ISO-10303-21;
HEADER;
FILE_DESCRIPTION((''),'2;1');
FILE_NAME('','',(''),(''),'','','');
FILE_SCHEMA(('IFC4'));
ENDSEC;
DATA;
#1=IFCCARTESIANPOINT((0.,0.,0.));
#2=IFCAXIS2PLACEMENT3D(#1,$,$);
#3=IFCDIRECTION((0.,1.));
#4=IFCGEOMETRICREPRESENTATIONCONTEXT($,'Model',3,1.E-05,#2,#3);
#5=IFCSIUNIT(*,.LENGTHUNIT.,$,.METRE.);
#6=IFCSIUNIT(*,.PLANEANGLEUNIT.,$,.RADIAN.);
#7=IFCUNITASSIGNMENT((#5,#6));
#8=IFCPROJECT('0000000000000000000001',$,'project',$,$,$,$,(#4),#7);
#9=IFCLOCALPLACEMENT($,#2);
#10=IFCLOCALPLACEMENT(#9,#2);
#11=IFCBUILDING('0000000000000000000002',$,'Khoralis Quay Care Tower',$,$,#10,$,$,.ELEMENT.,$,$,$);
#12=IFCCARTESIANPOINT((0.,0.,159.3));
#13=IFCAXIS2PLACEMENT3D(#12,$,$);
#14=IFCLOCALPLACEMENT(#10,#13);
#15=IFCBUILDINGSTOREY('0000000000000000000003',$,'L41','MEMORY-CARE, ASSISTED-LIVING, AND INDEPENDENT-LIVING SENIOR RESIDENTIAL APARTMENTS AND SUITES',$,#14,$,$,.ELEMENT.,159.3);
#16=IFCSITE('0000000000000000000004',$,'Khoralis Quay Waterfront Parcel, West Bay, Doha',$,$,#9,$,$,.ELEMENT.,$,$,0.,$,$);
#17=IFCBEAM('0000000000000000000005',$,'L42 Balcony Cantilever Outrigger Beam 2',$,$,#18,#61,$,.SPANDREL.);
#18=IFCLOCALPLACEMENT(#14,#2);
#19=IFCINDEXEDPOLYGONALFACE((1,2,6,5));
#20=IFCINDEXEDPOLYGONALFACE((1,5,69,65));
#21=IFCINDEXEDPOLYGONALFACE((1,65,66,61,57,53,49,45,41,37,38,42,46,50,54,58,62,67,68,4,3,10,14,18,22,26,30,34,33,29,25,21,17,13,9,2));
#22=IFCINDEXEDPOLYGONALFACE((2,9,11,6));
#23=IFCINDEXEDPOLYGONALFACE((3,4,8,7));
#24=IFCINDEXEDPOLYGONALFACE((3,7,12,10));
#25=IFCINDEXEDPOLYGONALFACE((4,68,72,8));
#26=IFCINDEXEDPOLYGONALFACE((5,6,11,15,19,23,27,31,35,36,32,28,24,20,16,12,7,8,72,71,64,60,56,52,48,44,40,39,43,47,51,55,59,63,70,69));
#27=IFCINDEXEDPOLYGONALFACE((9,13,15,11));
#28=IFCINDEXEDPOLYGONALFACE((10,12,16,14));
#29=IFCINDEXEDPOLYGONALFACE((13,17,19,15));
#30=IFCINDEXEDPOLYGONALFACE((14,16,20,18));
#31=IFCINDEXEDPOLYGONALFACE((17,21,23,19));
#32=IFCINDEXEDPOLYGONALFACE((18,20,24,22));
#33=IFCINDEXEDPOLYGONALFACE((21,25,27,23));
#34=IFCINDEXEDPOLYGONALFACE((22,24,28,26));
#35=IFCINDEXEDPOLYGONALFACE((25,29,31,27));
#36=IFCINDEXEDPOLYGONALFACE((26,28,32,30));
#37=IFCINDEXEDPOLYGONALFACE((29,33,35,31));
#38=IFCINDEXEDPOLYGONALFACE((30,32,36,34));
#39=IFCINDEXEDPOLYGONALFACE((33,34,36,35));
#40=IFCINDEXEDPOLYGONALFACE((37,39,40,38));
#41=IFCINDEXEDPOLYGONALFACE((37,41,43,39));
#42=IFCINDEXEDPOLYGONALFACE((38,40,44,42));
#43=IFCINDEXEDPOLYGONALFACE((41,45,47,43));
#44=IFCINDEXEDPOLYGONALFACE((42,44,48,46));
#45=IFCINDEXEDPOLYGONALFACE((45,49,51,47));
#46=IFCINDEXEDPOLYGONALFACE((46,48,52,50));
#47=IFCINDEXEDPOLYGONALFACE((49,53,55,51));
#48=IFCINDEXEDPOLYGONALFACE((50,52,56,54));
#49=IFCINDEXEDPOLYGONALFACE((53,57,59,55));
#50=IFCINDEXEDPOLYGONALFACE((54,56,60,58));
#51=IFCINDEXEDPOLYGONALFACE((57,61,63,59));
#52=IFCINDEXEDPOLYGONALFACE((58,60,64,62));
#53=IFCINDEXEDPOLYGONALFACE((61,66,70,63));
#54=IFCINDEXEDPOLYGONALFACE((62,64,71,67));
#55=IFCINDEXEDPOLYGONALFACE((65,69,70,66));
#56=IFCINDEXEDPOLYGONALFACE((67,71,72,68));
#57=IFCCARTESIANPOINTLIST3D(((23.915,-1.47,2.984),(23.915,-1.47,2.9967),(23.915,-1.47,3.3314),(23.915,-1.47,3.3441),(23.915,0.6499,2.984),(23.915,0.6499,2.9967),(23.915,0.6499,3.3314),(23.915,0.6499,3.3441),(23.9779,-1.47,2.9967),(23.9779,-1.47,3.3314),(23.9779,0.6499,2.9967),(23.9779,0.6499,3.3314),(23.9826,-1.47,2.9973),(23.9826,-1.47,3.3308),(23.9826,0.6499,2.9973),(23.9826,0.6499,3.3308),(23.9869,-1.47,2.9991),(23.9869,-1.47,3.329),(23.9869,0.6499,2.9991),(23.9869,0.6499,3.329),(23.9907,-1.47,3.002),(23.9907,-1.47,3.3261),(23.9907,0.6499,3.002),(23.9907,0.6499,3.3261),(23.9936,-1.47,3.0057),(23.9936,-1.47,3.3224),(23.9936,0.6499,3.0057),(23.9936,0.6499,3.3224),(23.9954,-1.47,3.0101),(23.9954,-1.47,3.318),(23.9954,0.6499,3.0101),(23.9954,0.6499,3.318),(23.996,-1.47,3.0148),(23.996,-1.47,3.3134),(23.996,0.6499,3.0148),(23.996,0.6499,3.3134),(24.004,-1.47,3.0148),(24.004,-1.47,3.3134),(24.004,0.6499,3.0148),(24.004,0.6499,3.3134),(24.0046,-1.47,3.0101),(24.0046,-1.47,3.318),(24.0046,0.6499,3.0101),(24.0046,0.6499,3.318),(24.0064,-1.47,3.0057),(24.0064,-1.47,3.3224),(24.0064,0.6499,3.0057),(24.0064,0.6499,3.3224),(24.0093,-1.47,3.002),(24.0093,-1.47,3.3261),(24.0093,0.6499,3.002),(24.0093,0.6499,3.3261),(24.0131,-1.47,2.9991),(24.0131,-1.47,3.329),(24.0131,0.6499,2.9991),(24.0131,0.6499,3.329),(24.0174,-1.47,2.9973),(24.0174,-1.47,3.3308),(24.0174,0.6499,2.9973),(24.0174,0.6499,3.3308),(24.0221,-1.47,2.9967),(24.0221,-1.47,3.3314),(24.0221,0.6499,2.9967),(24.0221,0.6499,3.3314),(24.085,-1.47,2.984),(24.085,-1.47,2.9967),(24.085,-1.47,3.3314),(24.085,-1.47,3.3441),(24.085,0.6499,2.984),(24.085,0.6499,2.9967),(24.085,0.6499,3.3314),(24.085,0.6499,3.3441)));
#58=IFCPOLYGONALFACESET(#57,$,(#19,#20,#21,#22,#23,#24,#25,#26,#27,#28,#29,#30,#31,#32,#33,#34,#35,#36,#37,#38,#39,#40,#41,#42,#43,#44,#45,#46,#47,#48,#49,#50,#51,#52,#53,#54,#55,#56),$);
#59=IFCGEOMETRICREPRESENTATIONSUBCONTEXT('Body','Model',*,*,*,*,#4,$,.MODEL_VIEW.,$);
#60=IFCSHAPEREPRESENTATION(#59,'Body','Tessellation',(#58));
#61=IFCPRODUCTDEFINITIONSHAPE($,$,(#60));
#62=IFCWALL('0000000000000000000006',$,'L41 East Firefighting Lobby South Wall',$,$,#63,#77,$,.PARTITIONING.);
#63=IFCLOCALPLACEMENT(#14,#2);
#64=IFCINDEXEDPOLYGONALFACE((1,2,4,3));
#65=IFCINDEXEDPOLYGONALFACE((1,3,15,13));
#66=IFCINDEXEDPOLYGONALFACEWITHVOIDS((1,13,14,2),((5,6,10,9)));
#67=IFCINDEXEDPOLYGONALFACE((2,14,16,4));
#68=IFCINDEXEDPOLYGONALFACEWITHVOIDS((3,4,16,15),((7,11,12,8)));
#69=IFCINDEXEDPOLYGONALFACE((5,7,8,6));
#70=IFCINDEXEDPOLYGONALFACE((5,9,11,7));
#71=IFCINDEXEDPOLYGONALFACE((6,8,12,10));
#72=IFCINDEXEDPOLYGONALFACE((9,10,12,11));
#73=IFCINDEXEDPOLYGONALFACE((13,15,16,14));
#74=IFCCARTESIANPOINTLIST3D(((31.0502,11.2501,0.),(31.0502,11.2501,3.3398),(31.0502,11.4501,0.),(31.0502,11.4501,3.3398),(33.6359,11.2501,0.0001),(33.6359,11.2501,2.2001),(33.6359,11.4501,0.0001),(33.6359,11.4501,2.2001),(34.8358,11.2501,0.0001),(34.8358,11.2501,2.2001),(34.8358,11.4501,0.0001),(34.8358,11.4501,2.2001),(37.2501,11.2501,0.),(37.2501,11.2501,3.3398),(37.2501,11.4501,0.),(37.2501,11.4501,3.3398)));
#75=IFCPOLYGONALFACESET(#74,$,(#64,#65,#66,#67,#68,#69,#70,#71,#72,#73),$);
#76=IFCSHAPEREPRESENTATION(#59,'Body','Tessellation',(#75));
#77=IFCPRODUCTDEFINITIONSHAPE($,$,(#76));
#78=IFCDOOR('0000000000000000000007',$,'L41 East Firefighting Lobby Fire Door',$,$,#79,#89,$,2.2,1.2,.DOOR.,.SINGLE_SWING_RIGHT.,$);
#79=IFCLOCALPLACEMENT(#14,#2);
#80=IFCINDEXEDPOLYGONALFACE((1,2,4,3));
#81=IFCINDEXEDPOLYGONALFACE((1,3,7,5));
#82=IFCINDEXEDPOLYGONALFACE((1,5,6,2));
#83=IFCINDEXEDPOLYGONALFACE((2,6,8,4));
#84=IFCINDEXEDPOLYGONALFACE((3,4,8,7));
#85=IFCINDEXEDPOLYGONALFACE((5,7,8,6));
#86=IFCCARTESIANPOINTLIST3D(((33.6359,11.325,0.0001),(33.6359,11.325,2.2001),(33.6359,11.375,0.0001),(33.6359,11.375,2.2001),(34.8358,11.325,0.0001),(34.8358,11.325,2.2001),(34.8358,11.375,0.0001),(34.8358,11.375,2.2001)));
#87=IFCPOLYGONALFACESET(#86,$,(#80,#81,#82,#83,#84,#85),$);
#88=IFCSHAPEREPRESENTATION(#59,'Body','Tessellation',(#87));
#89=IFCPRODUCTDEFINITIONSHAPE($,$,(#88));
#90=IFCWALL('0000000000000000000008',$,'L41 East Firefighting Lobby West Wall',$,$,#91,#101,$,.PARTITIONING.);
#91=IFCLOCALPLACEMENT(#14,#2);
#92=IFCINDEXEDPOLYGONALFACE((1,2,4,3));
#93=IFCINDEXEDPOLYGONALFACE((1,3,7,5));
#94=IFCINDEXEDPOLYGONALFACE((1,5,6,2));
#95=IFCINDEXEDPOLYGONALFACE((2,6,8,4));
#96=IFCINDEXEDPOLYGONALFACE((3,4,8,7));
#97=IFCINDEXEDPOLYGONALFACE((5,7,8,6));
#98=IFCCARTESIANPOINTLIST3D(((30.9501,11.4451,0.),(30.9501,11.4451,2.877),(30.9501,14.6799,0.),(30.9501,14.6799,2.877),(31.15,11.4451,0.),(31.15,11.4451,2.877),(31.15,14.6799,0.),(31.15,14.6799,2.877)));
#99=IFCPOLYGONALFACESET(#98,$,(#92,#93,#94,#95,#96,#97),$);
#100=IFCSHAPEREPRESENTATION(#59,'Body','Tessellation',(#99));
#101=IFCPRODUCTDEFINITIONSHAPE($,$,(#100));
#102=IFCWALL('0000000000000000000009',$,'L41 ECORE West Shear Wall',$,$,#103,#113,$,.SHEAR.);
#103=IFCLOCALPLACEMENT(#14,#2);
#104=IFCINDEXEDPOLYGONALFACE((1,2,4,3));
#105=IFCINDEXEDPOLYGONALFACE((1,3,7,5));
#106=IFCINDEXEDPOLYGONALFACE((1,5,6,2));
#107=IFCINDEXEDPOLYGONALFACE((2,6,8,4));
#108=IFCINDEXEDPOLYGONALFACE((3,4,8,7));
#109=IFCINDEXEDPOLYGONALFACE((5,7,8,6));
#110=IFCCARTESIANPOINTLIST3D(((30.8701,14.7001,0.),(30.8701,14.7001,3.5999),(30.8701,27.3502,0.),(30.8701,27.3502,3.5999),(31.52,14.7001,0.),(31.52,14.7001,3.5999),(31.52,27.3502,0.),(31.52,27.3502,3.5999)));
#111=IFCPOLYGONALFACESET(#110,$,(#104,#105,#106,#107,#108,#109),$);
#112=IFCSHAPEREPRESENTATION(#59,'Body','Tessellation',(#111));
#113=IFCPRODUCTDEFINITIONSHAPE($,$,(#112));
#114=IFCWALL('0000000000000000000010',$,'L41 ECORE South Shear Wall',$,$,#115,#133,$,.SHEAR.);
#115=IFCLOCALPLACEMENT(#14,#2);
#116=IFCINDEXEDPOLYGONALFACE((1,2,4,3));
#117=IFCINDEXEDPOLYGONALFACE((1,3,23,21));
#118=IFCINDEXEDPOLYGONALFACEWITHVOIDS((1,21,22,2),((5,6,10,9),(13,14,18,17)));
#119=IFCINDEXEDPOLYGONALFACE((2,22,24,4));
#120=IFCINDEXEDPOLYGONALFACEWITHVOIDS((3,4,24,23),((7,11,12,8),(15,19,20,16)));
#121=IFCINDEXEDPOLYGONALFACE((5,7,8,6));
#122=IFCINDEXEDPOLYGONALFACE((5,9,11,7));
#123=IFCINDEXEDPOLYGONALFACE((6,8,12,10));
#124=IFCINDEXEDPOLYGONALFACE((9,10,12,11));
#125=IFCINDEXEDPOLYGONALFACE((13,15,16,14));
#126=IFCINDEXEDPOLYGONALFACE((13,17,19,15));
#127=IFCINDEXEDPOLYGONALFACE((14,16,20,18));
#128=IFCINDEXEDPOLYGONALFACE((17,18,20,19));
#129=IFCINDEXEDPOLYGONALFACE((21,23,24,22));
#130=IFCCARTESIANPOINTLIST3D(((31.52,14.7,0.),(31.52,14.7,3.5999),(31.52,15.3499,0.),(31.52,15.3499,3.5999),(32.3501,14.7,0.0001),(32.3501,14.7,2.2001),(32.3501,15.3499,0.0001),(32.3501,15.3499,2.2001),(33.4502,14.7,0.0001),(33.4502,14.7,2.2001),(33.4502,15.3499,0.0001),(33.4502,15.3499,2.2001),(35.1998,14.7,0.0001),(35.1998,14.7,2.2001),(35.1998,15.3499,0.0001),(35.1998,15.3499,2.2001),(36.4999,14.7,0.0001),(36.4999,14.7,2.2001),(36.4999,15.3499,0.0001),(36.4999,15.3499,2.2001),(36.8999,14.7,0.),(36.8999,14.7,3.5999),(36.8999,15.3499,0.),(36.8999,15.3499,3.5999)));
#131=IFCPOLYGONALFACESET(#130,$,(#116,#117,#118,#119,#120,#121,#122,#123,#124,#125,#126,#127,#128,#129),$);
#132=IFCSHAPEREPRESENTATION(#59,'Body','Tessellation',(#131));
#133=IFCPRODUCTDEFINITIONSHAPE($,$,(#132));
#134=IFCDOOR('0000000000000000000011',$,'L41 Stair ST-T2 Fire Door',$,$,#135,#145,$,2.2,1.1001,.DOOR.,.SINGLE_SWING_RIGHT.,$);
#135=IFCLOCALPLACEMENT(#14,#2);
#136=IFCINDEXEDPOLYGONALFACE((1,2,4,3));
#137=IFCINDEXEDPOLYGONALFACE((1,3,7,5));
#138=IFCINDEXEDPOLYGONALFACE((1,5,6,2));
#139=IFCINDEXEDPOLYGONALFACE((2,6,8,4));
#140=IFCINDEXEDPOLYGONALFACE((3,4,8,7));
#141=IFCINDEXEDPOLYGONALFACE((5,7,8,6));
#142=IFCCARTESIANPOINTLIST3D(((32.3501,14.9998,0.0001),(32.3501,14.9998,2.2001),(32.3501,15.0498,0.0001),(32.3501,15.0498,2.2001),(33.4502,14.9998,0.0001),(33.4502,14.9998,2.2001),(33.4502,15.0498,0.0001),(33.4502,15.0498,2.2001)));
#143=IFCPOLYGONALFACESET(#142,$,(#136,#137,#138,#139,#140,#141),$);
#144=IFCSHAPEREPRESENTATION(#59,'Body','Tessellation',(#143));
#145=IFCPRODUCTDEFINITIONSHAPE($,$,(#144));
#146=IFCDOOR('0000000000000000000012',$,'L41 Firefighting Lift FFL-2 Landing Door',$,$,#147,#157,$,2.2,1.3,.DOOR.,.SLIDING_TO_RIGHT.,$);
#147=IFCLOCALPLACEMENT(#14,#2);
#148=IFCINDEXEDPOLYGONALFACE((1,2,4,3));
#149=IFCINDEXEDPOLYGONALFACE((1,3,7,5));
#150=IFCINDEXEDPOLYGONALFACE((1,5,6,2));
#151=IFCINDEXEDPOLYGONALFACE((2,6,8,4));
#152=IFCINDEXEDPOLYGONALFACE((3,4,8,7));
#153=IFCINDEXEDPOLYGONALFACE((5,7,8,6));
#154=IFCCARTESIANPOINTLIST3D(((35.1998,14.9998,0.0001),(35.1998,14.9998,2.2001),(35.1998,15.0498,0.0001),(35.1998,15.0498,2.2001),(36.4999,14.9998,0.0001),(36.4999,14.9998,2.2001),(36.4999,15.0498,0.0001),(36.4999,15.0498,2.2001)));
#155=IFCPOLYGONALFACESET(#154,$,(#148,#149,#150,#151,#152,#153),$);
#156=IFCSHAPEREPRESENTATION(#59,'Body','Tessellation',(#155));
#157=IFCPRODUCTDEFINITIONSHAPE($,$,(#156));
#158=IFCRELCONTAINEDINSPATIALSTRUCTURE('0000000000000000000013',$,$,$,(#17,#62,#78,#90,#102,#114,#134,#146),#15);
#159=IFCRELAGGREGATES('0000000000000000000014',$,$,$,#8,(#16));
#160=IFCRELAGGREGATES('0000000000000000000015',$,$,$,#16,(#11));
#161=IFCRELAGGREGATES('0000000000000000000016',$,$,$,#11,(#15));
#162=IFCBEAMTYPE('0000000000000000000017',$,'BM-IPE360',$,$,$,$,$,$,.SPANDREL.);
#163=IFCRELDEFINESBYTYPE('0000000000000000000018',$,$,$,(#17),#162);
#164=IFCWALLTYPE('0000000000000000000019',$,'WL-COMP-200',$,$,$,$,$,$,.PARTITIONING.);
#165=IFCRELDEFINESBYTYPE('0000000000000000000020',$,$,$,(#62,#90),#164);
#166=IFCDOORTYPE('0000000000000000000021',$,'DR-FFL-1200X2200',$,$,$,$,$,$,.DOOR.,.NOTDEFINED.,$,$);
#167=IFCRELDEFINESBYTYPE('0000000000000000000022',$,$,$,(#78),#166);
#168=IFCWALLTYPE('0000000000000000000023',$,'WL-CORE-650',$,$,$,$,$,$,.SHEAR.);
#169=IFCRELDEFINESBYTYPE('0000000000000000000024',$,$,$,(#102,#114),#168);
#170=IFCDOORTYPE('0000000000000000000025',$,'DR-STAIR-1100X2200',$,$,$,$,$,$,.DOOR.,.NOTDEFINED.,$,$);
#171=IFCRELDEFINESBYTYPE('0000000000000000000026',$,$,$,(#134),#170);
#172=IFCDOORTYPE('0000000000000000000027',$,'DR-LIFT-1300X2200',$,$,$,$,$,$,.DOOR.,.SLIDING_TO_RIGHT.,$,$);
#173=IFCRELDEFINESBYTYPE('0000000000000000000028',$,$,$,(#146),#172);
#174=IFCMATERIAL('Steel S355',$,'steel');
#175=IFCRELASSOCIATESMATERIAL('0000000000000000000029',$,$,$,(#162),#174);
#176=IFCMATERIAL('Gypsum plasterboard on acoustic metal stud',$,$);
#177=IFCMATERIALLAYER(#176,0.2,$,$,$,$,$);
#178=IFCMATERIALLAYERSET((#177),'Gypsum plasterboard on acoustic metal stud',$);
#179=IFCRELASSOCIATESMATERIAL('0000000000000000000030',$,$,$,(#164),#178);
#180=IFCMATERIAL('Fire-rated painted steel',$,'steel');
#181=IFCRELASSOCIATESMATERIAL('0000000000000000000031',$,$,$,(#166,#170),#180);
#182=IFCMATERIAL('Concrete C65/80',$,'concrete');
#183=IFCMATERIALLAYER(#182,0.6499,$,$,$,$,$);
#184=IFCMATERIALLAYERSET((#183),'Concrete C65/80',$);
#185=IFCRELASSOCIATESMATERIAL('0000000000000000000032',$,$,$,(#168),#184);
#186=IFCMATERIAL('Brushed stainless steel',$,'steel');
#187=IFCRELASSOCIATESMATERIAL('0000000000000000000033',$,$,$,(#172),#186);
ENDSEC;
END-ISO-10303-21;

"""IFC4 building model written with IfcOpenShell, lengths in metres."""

from ifc_helpers import new_model, si_unit, direction, frame, frame_2d, origin, origin_2d, place, context, subcontext, project, spatial, rectangle, i_section, extrude, source, transform, mapped, material, layer, layer_set, material_profile, profile_set, type_object, element, fill, save


model = new_model("IFC4")

# Units and contexts
model_context = context("Model", 3, precision=1e-05, world=origin(), true_north=direction((0.0, 1.0)))
body_context = subcontext(model_context, "Body", "Model", "MODEL_VIEW")
ifc_project = project(units=[si_unit("LENGTHUNIT", "METRE"), si_unit("PLANEANGLEUNIT", "RADIAN")], contexts=[model_context])

# Site, building, storey
site_placement = place(None, origin())
site = spatial("IfcSite", under=ifc_project, at=site_placement, Name="Khoralis Quay Waterfront Parcel, West Bay, Doha", CompositionType="ELEMENT", RefElevation=0.0)
building_placement = place(site_placement, origin())
building = spatial("IfcBuilding", under=site, at=building_placement, Name="Khoralis Quay Care Tower", CompositionType="ELEMENT")
storey_placement = place(building_placement, frame((0.0, 0.0, 159.3)))
storey = spatial("IfcBuildingStorey", under=building, at=storey_placement, Name="L41", Description="MEMORY-CARE, ASSISTED-LIVING, AND INDEPENDENT-LIVING SENIOR RESIDENTIAL APARTMENTS AND SUITES", CompositionType="ELEMENT", Elevation=159.3)

# Shared definitions
ifc_material_1 = material(Name="Concrete C65/80", Category="concrete")

# Beam
ifc_material_2 = material(Name="Steel S355", Category="steel")
ifc_material_profile_1 = material_profile(ifc_material_2, i_section(OverallWidth=0.1699, OverallDepth=0.3601, WebThickness=0.0081, FlangeThickness=0.0127, FilletRadius=0.0181, at=origin_2d()), Name="Steel S355")
ifc_profile_set_1 = profile_set([ifc_material_profile_1], Name="Steel S355")
beam_type_1 = type_object("IfcBeamType", Name="BM-IPE360", PredefinedType="SPANDREL", material=ifc_profile_set_1)
shared_shape_1 = source(origin(), body_context, "Body", "SweptSolid", [
    extrude(i_section(OverallWidth=0.1699, OverallDepth=0.3601, WebThickness=0.0081, FlangeThickness=0.0127, FilletRadius=0.0181, at=origin_2d()), origin(), (0.0, 0.0, 1.0), 2.1199),
])
beam_1_placement = place(storey_placement, frame((24.0, 0.6499, 3.1641), z_axis=(0.0, -1.0, 0.0), x_axis=(1.0, 0.0, 0.0)))
element("IfcBeam", 1, at=beam_1_placement, inside=storey, type_object=beam_type_1, Name="L42 Balcony Cantilever Outrigger Beam 2", PredefinedType="SPANDREL", context=body_context, shape_type="MappedRepresentation", body=[
    mapped(shared_shape_1, transform((0.0, 0.0, 0.0), scale=1.0)),
])

# Wall, opening, door
ifc_material_3 = material(Name="Gypsum plasterboard on acoustic metal stud")
ifc_layer_1 = layer(ifc_material_3, 0.2)
ifc_layer_set_1 = layer_set([ifc_layer_1], Name="Gypsum plasterboard on acoustic metal stud")
wall_type_1 = type_object("IfcWallType", Name="WL-COMP-200", PredefinedType="PARTITIONING", material=ifc_layer_set_1)
wall_1_placement = place(storey_placement, frame((31.05, 11.3501, 0.0), z_axis=(0.0, 0.0, 1.0), x_axis=(1.0, 0.0, 0.0)))
wall_1 = element("IfcWall", 2, at=wall_1_placement, inside=storey, type_object=wall_type_1, Name="L41 East Firefighting Lobby South Wall", PredefinedType="PARTITIONING", context=body_context, shape_type="SweptSolid", body=[
    extrude(rectangle(XDim=6.2, YDim=0.2, at=frame_2d((3.1001, 0.0))), origin(), (0.0, 0.0, 1.0), 3.3398),
])
opening_1_placement = place(wall_1_placement, frame((2.5857, 0.0, 0.0)))
opening_1 = element("IfcOpeningElement", 3, at=opening_1_placement, cuts=wall_1, PredefinedType="OPENING", context=body_context, shape_type="SweptSolid", body=[
    extrude(rectangle(XDim=1.2, YDim=2.2, at=frame_2d((0.6001, 1.1001))), frame((0.0, 0.1099, 0.0), z_axis=(0.0, -1.0, 0.0), x_axis=(1.0, 0.0, 0.0)), (0.0, 0.0, 1.0), 0.22),
])
ifc_material_4 = material(Name="Fire-rated painted steel", Category="steel")
door_type_1 = type_object("IfcDoorType", Name="DR-FFL-1200X2200", OperationType="NOTDEFINED", PredefinedType="DOOR", material=ifc_material_4)
shared_shape_2 = source(origin(), body_context, "Body", "SweptSolid", [
    extrude(rectangle(XDim=1.2, YDim=2.2, at=frame_2d((0.6001, 1.1001))), frame((0.0, 0.0249, 0.0), z_axis=(0.0, -1.0, 0.0), x_axis=(1.0, 0.0, 0.0)), (0.0, 0.0, 1.0), 0.05),
])
door_1_placement = place(opening_1_placement, origin())
door_1 = element("IfcDoor", 4, at=door_1_placement, inside=storey, type_object=door_type_1, Name="L41 East Firefighting Lobby Fire Door", OperationType="SINGLE_SWING_RIGHT", OverallHeight=2.2, OverallWidth=1.2, PredefinedType="DOOR", context=body_context, shape_type="MappedRepresentation", body=[
    mapped(shared_shape_2, transform((0.0, 0.0, 0.0), scale=1.0)),
])
fill(opening_1, door_1)

# Walls
wall_2_placement = place(storey_placement, frame((31.05, 11.4451, 0.0), z_axis=(0.0, 0.0, 1.0), x_axis=(0.0, 1.0, 0.0)))
element("IfcWall", 5, at=wall_2_placement, inside=storey, type_object=wall_type_1, Name="L41 East Firefighting Lobby West Wall", PredefinedType="PARTITIONING", context=body_context, shape_type="SweptSolid", body=[
    extrude(rectangle(XDim=3.2349, YDim=0.2, at=frame_2d((1.6174, 0.0))), origin(), (0.0, 0.0, 1.0), 2.877),
])
ifc_layer_2 = layer(ifc_material_1, 0.6499)
ifc_layer_set_2 = layer_set([ifc_layer_2], Name="Concrete C65/80")
wall_type_2 = type_object("IfcWallType", Name="WL-CORE-650", PredefinedType="SHEAR", material=ifc_layer_set_2)
wall_3_placement = place(storey_placement, frame((31.1951, 14.7, 0.0), z_axis=(0.0, 0.0, 1.0), x_axis=(0.0, 1.0, 0.0)))
element("IfcWall", 6, at=wall_3_placement, inside=storey, type_object=wall_type_2, Name="L41 ECORE West Shear Wall", PredefinedType="SHEAR", context=body_context, shape_type="SweptSolid", body=[
    extrude(rectangle(XDim=12.6501, YDim=0.6499, at=frame_2d((6.3252, 0.0))), origin(), (0.0, 0.0, 1.0), 3.5999),
])

# Wall, openings, doors
wall_4_placement = place(storey_placement, frame((31.52, 15.0249, 0.0), z_axis=(0.0, 0.0, 1.0), x_axis=(1.0, 0.0, 0.0)))
wall_4 = element("IfcWall", 7, at=wall_4_placement, inside=storey, type_object=wall_type_2, Name="L41 ECORE South Shear Wall", PredefinedType="SHEAR", context=body_context, shape_type="SweptSolid", body=[
    extrude(rectangle(XDim=5.3799, YDim=0.6499, at=frame_2d((2.6899, 0.0))), origin(), (0.0, 0.0, 1.0), 3.5999),
])
opening_2_placement = place(wall_4_placement, frame((0.8301, 0.0, 0.0)))
opening_2 = element("IfcOpeningElement", 8, at=opening_2_placement, cuts=wall_4, PredefinedType="OPENING", context=body_context, shape_type="SweptSolid", body=[
    extrude(rectangle(XDim=1.1001, YDim=2.2, at=frame_2d((0.55, 1.1001))), frame((0.0, 0.335, 0.0), z_axis=(0.0, -1.0, 0.0), x_axis=(1.0, 0.0, 0.0)), (0.0, 0.0, 1.0), 0.6699),
])
opening_3_placement = place(wall_4_placement, frame((3.6799, 0.0, 0.0)))
opening_3 = element("IfcOpeningElement", 9, at=opening_3_placement, cuts=wall_4, PredefinedType="OPENING", context=body_context, shape_type="SweptSolid", body=[
    extrude(rectangle(XDim=1.3, YDim=2.2, at=frame_2d((0.6499, 1.1001))), frame((0.0, 0.335, 0.0), z_axis=(0.0, -1.0, 0.0), x_axis=(1.0, 0.0, 0.0)), (0.0, 0.0, 1.0), 0.6699),
])
door_type_2 = type_object("IfcDoorType", Name="DR-STAIR-1100X2200", OperationType="NOTDEFINED", PredefinedType="DOOR", material=ifc_material_4)
shared_shape_3 = source(origin(), body_context, "Body", "SweptSolid", [
    extrude(rectangle(XDim=1.1001, YDim=2.2, at=frame_2d((0.55, 1.1001))), frame((0.0, 0.0249, 0.0), z_axis=(0.0, -1.0, 0.0), x_axis=(1.0, 0.0, 0.0)), (0.0, 0.0, 1.0), 0.05),
])
door_2_placement = place(opening_2_placement, origin())
door_2 = element("IfcDoor", 10, at=door_2_placement, inside=storey, type_object=door_type_2, Name="L41 Stair ST-T2 Fire Door", OperationType="SINGLE_SWING_RIGHT", OverallHeight=2.2, OverallWidth=1.1001, PredefinedType="DOOR", context=body_context, shape_type="MappedRepresentation", body=[
    mapped(shared_shape_3, transform((0.0, 0.0, 0.0), scale=1.0)),
])
fill(opening_2, door_2)
ifc_material_5 = material(Name="Brushed stainless steel", Category="steel")
door_type_3 = type_object("IfcDoorType", Name="DR-LIFT-1300X2200", OperationType="SLIDING_TO_RIGHT", PredefinedType="DOOR", material=ifc_material_5)
shared_shape_4 = source(origin(), body_context, "Body", "SweptSolid", [
    extrude(rectangle(XDim=1.3, YDim=2.2, at=frame_2d((0.6499, 1.1001))), frame((0.0, 0.0249, 0.0), z_axis=(0.0, -1.0, 0.0), x_axis=(1.0, 0.0, 0.0)), (0.0, 0.0, 1.0), 0.05),
])
door_3_placement = place(opening_3_placement, origin())
door_3 = element("IfcDoor", 11, at=door_3_placement, inside=storey, type_object=door_type_3, Name="L41 Firefighting Lift FFL-2 Landing Door", OperationType="SLIDING_TO_RIGHT", OverallHeight=2.2, OverallWidth=1.3, PredefinedType="DOOR", context=body_context, shape_type="MappedRepresentation", body=[
    mapped(shared_shape_4, transform((0.0, 0.0, 0.0), scale=1.0)),
])
fill(opening_3, door_3)

save(model, "model.ifc")
